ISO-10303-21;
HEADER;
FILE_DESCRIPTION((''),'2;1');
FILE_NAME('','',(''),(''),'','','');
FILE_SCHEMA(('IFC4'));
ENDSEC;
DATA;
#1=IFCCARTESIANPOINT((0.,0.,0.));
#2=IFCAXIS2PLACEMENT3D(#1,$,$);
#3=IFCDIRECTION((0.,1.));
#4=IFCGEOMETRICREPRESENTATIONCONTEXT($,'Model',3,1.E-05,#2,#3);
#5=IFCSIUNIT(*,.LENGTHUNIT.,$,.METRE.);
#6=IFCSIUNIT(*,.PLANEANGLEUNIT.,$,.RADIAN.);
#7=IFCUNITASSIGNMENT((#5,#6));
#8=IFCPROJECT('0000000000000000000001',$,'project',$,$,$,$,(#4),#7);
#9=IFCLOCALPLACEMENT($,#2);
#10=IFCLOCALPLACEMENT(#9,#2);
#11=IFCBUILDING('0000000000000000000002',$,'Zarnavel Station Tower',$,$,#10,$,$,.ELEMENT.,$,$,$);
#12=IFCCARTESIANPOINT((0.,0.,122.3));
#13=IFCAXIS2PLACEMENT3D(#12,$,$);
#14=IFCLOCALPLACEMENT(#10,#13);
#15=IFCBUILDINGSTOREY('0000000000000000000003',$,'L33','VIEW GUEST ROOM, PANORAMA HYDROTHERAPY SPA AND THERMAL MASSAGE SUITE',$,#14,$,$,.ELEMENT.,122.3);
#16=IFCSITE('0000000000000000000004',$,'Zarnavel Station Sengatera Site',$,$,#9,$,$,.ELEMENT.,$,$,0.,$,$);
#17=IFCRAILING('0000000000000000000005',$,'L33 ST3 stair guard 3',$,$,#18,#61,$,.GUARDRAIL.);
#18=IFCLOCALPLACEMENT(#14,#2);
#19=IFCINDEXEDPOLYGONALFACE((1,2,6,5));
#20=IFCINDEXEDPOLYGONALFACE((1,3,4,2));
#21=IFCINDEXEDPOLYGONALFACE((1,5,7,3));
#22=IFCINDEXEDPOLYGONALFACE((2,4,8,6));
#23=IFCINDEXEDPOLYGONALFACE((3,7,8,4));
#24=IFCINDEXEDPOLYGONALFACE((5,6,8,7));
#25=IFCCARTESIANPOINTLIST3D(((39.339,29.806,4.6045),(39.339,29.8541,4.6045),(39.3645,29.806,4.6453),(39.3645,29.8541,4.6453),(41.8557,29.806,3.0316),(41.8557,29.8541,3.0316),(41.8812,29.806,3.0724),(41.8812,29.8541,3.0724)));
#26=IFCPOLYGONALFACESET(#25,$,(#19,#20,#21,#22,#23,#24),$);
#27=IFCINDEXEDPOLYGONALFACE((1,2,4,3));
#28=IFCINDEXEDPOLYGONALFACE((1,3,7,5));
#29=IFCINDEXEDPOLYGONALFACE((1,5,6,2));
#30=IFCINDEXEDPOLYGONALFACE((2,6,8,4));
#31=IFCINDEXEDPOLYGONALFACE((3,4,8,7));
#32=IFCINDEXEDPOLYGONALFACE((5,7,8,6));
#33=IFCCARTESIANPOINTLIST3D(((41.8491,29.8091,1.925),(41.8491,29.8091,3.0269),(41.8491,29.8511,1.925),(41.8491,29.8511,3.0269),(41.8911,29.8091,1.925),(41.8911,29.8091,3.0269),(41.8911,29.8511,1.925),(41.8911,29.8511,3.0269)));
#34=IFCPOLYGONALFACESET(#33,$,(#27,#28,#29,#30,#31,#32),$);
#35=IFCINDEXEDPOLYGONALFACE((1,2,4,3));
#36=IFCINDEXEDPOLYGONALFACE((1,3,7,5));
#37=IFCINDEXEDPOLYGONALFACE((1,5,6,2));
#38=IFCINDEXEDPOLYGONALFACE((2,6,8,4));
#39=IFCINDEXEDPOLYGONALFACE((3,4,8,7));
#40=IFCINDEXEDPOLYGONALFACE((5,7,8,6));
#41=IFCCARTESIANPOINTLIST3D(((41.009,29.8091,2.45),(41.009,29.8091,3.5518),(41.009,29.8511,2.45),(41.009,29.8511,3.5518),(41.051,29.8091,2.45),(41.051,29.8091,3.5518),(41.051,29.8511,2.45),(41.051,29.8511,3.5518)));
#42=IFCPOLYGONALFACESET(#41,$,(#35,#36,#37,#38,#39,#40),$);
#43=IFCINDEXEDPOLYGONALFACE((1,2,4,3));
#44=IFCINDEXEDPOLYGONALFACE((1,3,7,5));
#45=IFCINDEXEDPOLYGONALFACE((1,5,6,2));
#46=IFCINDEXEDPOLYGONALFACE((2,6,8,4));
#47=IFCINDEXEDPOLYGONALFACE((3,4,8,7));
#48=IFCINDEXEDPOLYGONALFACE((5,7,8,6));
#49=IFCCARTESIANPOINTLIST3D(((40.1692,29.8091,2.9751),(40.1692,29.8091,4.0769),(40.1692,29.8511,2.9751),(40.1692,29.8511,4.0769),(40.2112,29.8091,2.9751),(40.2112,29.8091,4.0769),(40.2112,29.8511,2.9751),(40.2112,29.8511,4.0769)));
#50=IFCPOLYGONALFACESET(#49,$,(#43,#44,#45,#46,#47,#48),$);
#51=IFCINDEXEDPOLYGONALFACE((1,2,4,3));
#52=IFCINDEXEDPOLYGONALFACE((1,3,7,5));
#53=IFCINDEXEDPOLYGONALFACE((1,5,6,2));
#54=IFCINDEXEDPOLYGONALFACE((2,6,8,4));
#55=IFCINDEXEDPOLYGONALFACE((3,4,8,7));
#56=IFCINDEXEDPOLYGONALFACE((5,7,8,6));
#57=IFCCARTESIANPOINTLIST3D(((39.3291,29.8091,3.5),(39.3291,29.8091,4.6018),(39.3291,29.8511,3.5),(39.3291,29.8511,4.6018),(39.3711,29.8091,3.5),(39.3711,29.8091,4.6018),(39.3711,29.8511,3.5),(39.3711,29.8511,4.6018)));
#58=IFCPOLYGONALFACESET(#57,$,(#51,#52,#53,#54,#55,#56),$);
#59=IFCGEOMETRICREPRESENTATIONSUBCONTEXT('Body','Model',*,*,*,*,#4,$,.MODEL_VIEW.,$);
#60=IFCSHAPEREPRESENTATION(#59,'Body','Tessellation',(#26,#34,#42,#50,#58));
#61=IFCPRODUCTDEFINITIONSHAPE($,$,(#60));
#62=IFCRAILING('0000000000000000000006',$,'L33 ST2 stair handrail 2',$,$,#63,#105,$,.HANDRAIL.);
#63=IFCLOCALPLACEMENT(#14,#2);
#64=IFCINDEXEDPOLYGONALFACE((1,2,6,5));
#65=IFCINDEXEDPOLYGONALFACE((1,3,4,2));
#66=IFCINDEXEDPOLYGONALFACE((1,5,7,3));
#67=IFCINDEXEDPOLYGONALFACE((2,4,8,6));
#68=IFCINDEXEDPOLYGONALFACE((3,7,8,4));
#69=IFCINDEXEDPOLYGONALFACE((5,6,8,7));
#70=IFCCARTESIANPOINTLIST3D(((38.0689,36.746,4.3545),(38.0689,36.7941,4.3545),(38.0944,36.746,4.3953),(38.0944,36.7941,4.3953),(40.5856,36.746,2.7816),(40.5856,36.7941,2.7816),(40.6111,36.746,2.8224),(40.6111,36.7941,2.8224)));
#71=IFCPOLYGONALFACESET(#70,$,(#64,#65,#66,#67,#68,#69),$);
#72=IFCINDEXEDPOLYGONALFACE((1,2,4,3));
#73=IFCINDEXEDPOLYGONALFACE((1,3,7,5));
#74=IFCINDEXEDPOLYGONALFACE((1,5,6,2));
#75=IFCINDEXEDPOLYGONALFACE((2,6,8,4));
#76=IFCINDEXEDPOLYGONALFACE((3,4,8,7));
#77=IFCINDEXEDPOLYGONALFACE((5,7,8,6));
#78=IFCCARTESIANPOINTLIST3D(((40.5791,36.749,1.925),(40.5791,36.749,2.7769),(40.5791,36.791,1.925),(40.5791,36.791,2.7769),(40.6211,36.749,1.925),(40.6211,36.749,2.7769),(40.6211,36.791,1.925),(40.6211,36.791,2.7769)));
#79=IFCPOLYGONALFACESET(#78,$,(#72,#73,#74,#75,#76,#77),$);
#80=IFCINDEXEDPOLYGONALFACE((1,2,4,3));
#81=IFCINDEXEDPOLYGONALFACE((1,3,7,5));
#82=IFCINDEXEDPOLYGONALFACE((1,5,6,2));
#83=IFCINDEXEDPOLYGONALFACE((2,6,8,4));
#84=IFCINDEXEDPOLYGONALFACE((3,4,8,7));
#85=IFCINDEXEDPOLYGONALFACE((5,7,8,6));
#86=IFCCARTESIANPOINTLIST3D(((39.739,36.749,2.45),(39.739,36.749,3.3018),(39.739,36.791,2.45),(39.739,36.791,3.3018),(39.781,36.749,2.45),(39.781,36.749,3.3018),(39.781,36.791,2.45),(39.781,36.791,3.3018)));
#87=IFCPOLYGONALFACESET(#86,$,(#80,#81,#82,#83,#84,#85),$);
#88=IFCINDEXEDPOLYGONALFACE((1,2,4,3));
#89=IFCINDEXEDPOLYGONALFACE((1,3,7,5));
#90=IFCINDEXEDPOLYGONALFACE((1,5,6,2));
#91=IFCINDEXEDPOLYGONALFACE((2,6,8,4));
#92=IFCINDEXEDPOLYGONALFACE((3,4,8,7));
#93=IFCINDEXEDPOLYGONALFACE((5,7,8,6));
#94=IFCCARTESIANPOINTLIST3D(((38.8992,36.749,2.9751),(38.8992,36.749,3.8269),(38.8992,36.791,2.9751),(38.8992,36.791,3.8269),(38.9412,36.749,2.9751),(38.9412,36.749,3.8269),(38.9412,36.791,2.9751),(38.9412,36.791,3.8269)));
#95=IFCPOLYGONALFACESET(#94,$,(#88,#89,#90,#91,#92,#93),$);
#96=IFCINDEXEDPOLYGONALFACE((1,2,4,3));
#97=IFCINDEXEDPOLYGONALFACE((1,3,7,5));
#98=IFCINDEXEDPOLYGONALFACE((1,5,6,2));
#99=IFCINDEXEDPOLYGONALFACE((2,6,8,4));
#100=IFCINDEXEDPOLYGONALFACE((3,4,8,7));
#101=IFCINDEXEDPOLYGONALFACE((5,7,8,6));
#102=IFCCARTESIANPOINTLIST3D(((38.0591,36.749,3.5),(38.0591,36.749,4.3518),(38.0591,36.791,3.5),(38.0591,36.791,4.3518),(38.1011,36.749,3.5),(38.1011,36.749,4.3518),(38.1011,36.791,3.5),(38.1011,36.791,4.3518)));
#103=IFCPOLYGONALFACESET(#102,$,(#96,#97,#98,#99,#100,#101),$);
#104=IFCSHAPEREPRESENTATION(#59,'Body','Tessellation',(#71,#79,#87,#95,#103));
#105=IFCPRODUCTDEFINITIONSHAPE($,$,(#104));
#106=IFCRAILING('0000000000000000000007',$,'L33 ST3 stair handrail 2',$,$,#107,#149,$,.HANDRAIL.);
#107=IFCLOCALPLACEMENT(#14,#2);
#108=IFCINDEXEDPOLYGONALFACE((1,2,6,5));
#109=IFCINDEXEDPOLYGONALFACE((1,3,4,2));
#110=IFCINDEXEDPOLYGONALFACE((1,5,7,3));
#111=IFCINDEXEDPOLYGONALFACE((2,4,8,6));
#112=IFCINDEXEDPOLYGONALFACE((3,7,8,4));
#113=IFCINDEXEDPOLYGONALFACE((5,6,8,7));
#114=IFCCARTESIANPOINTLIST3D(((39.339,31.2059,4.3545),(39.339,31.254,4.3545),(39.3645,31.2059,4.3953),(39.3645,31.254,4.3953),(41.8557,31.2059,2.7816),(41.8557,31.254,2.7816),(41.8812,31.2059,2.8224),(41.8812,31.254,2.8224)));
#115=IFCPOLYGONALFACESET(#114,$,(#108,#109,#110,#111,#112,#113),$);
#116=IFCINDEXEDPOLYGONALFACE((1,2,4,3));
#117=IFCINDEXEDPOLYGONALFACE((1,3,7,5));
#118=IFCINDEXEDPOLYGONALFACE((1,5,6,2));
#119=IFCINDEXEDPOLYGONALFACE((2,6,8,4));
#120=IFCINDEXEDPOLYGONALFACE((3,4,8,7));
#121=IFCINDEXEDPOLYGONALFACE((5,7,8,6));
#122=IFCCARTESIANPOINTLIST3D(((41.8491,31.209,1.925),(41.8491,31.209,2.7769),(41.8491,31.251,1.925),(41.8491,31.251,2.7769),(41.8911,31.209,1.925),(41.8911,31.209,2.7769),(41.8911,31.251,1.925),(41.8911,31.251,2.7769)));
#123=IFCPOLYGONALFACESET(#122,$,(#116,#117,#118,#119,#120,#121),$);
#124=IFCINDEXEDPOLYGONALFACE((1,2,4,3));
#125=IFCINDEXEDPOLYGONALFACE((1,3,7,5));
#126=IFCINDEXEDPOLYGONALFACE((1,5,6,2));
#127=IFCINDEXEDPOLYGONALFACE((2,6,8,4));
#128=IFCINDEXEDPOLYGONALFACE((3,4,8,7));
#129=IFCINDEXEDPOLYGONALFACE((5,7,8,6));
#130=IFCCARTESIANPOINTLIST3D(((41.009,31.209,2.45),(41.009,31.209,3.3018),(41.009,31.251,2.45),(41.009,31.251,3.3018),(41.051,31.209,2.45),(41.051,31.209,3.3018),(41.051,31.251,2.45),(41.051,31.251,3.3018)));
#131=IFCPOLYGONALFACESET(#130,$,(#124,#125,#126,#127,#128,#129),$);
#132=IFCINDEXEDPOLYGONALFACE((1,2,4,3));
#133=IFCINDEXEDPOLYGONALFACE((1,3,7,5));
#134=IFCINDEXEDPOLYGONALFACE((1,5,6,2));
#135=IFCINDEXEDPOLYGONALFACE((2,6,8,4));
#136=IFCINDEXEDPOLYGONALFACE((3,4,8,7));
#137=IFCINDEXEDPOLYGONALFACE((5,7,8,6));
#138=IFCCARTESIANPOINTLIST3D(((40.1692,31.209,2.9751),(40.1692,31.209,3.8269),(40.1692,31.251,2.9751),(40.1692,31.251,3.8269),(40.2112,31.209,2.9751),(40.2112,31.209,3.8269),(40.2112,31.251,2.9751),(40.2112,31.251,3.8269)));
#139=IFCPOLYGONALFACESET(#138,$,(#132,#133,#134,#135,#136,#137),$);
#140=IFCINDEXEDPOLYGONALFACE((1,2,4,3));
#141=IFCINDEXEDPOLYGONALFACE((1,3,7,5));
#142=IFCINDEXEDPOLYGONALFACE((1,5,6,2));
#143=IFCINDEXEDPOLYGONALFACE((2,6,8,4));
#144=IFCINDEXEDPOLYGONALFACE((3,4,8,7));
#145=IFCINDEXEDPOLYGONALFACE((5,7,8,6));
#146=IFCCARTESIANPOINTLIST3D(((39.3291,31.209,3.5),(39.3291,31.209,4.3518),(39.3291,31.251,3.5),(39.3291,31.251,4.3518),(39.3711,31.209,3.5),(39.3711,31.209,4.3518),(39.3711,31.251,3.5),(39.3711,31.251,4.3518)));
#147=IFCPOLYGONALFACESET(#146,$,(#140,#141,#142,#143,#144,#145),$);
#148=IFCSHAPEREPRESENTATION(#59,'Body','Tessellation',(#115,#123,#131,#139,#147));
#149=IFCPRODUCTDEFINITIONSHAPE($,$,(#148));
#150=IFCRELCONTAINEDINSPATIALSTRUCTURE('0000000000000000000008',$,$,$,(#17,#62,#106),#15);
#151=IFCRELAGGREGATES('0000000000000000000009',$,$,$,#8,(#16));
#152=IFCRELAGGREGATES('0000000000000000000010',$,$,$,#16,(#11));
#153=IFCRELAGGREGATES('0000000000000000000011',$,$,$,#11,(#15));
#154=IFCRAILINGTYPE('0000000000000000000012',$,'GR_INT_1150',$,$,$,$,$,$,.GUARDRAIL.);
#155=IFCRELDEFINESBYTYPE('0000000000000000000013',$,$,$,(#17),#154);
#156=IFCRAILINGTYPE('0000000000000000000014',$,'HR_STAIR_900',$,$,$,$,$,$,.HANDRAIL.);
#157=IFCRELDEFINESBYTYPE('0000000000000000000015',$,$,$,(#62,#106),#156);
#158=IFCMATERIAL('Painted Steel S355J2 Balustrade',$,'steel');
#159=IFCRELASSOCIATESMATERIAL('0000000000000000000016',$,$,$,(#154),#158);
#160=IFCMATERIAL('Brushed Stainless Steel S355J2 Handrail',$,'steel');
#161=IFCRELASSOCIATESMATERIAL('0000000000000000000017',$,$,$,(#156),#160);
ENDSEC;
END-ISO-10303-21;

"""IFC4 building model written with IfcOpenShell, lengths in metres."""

from ifc_helpers import new_model, si_unit, direction, frame, origin, origin_2d, place, context, subcontext, project, spatial, rectangle, extrude, material, type_object, element, save


model = new_model("IFC4")

# Units and contexts
model_context = context("Model", 3, precision=1e-05, world=origin(), true_north=direction((0.0, 1.0)))
body_context = subcontext(model_context, "Body", "Model", "MODEL_VIEW")
ifc_project = project(units=[si_unit("LENGTHUNIT", "METRE"), si_unit("PLANEANGLEUNIT", "RADIAN")], contexts=[model_context])

# Site, building, storey
site_placement = place(None, origin())
site = spatial("IfcSite", under=ifc_project, at=site_placement, Name="Zarnavel Station Sengatera Site", CompositionType="ELEMENT", RefElevation=0.0)
building_placement = place(site_placement, origin())
building = spatial("IfcBuilding", under=site, at=building_placement, Name="Zarnavel Station Tower", CompositionType="ELEMENT")
storey_placement = place(building_placement, frame((0.0, 0.0, 122.3)))
storey = spatial("IfcBuildingStorey", under=building, at=storey_placement, Name="L33", Description="VIEW GUEST ROOM, PANORAMA HYDROTHERAPY SPA AND THERMAL MASSAGE SUITE", CompositionType="ELEMENT", Elevation=122.3)

# Railings
ifc_material_1 = material(Name="Painted Steel S355J2 Balustrade", Category="steel")
railing_type_1 = type_object("IfcRailingType", Name="GR_INT_1150", PredefinedType="GUARDRAIL", material=ifc_material_1)
for number, where, name in (
    (1, (41.8701, 29.8301, 1.925), "L33 ST3 stair guard 3"),
):
    element("IfcRailing", number, at=place(storey_placement, frame(where)), inside=storey, type_object=railing_type_1, Name=name, PredefinedType="GUARDRAIL", context=body_context, shape_type="SweptSolid", body=[
        extrude(rectangle(XDim=0.0481, YDim=0.0481, at=origin_2d()), frame((-0.0017, 0.0, 1.127), z_axis=(-0.848008, 0.0, 0.529984), x_axis=(0.0, -1.0, 0.0)), (0.0, 0.0, 1.0), 2.9678),
        extrude(rectangle(XDim=0.042, YDim=0.042, at=origin_2d()), origin(), (0.0, 0.0, 1.0), 1.1018),
        extrude(rectangle(XDim=0.042, YDim=0.042, at=origin_2d()), frame((-0.8401, 0.0, 0.5249)), (0.0, 0.0, 1.0), 1.1018),
        extrude(rectangle(XDim=0.042, YDim=0.042, at=origin_2d()), frame((-1.6799, 0.0, 1.05)), (0.0, 0.0, 1.0), 1.1018),
        extrude(rectangle(XDim=0.042, YDim=0.042, at=origin_2d()), frame((-2.52, 0.0, 1.575)), (0.0, 0.0, 1.0), 1.1018),
    ])
ifc_material_2 = material(Name="Brushed Stainless Steel S355J2 Handrail", Category="steel")
railing_type_2 = type_object("IfcRailingType", Name="HR_STAIR_900", PredefinedType="HANDRAIL", material=ifc_material_2)
for number, where, name in (
    (2, (40.6001, 36.77, 1.925), "L33 ST2 stair handrail 2"),
    (3, (41.8701, 31.23, 1.925), "L33 ST3 stair handrail 2"),
):
    element("IfcRailing", number, at=place(storey_placement, frame(where)), inside=storey, type_object=railing_type_2, Name=name, PredefinedType="HANDRAIL", context=body_context, shape_type="SweptSolid", body=[
        extrude(rectangle(XDim=0.0481, YDim=0.0481, at=origin_2d()), frame((-0.0017, 0.0, 0.877), z_axis=(-0.848008, 0.0, 0.529984), x_axis=(0.0, -1.0, 0.0)), (0.0, 0.0, 1.0), 2.9678),
        extrude(rectangle(XDim=0.042, YDim=0.042, at=origin_2d()), origin(), (0.0, 0.0, 1.0), 0.8518),
        extrude(rectangle(XDim=0.042, YDim=0.042, at=origin_2d()), frame((-0.8401, 0.0, 0.5249)), (0.0, 0.0, 1.0), 0.8518),
        extrude(rectangle(XDim=0.042, YDim=0.042, at=origin_2d()), frame((-1.6799, 0.0, 1.05)), (0.0, 0.0, 1.0), 0.8518),
        extrude(rectangle(XDim=0.042, YDim=0.042, at=origin_2d()), frame((-2.52, 0.0, 1.575)), (0.0, 0.0, 1.0), 0.8518),
    ])

save(model, "model.ifc")
